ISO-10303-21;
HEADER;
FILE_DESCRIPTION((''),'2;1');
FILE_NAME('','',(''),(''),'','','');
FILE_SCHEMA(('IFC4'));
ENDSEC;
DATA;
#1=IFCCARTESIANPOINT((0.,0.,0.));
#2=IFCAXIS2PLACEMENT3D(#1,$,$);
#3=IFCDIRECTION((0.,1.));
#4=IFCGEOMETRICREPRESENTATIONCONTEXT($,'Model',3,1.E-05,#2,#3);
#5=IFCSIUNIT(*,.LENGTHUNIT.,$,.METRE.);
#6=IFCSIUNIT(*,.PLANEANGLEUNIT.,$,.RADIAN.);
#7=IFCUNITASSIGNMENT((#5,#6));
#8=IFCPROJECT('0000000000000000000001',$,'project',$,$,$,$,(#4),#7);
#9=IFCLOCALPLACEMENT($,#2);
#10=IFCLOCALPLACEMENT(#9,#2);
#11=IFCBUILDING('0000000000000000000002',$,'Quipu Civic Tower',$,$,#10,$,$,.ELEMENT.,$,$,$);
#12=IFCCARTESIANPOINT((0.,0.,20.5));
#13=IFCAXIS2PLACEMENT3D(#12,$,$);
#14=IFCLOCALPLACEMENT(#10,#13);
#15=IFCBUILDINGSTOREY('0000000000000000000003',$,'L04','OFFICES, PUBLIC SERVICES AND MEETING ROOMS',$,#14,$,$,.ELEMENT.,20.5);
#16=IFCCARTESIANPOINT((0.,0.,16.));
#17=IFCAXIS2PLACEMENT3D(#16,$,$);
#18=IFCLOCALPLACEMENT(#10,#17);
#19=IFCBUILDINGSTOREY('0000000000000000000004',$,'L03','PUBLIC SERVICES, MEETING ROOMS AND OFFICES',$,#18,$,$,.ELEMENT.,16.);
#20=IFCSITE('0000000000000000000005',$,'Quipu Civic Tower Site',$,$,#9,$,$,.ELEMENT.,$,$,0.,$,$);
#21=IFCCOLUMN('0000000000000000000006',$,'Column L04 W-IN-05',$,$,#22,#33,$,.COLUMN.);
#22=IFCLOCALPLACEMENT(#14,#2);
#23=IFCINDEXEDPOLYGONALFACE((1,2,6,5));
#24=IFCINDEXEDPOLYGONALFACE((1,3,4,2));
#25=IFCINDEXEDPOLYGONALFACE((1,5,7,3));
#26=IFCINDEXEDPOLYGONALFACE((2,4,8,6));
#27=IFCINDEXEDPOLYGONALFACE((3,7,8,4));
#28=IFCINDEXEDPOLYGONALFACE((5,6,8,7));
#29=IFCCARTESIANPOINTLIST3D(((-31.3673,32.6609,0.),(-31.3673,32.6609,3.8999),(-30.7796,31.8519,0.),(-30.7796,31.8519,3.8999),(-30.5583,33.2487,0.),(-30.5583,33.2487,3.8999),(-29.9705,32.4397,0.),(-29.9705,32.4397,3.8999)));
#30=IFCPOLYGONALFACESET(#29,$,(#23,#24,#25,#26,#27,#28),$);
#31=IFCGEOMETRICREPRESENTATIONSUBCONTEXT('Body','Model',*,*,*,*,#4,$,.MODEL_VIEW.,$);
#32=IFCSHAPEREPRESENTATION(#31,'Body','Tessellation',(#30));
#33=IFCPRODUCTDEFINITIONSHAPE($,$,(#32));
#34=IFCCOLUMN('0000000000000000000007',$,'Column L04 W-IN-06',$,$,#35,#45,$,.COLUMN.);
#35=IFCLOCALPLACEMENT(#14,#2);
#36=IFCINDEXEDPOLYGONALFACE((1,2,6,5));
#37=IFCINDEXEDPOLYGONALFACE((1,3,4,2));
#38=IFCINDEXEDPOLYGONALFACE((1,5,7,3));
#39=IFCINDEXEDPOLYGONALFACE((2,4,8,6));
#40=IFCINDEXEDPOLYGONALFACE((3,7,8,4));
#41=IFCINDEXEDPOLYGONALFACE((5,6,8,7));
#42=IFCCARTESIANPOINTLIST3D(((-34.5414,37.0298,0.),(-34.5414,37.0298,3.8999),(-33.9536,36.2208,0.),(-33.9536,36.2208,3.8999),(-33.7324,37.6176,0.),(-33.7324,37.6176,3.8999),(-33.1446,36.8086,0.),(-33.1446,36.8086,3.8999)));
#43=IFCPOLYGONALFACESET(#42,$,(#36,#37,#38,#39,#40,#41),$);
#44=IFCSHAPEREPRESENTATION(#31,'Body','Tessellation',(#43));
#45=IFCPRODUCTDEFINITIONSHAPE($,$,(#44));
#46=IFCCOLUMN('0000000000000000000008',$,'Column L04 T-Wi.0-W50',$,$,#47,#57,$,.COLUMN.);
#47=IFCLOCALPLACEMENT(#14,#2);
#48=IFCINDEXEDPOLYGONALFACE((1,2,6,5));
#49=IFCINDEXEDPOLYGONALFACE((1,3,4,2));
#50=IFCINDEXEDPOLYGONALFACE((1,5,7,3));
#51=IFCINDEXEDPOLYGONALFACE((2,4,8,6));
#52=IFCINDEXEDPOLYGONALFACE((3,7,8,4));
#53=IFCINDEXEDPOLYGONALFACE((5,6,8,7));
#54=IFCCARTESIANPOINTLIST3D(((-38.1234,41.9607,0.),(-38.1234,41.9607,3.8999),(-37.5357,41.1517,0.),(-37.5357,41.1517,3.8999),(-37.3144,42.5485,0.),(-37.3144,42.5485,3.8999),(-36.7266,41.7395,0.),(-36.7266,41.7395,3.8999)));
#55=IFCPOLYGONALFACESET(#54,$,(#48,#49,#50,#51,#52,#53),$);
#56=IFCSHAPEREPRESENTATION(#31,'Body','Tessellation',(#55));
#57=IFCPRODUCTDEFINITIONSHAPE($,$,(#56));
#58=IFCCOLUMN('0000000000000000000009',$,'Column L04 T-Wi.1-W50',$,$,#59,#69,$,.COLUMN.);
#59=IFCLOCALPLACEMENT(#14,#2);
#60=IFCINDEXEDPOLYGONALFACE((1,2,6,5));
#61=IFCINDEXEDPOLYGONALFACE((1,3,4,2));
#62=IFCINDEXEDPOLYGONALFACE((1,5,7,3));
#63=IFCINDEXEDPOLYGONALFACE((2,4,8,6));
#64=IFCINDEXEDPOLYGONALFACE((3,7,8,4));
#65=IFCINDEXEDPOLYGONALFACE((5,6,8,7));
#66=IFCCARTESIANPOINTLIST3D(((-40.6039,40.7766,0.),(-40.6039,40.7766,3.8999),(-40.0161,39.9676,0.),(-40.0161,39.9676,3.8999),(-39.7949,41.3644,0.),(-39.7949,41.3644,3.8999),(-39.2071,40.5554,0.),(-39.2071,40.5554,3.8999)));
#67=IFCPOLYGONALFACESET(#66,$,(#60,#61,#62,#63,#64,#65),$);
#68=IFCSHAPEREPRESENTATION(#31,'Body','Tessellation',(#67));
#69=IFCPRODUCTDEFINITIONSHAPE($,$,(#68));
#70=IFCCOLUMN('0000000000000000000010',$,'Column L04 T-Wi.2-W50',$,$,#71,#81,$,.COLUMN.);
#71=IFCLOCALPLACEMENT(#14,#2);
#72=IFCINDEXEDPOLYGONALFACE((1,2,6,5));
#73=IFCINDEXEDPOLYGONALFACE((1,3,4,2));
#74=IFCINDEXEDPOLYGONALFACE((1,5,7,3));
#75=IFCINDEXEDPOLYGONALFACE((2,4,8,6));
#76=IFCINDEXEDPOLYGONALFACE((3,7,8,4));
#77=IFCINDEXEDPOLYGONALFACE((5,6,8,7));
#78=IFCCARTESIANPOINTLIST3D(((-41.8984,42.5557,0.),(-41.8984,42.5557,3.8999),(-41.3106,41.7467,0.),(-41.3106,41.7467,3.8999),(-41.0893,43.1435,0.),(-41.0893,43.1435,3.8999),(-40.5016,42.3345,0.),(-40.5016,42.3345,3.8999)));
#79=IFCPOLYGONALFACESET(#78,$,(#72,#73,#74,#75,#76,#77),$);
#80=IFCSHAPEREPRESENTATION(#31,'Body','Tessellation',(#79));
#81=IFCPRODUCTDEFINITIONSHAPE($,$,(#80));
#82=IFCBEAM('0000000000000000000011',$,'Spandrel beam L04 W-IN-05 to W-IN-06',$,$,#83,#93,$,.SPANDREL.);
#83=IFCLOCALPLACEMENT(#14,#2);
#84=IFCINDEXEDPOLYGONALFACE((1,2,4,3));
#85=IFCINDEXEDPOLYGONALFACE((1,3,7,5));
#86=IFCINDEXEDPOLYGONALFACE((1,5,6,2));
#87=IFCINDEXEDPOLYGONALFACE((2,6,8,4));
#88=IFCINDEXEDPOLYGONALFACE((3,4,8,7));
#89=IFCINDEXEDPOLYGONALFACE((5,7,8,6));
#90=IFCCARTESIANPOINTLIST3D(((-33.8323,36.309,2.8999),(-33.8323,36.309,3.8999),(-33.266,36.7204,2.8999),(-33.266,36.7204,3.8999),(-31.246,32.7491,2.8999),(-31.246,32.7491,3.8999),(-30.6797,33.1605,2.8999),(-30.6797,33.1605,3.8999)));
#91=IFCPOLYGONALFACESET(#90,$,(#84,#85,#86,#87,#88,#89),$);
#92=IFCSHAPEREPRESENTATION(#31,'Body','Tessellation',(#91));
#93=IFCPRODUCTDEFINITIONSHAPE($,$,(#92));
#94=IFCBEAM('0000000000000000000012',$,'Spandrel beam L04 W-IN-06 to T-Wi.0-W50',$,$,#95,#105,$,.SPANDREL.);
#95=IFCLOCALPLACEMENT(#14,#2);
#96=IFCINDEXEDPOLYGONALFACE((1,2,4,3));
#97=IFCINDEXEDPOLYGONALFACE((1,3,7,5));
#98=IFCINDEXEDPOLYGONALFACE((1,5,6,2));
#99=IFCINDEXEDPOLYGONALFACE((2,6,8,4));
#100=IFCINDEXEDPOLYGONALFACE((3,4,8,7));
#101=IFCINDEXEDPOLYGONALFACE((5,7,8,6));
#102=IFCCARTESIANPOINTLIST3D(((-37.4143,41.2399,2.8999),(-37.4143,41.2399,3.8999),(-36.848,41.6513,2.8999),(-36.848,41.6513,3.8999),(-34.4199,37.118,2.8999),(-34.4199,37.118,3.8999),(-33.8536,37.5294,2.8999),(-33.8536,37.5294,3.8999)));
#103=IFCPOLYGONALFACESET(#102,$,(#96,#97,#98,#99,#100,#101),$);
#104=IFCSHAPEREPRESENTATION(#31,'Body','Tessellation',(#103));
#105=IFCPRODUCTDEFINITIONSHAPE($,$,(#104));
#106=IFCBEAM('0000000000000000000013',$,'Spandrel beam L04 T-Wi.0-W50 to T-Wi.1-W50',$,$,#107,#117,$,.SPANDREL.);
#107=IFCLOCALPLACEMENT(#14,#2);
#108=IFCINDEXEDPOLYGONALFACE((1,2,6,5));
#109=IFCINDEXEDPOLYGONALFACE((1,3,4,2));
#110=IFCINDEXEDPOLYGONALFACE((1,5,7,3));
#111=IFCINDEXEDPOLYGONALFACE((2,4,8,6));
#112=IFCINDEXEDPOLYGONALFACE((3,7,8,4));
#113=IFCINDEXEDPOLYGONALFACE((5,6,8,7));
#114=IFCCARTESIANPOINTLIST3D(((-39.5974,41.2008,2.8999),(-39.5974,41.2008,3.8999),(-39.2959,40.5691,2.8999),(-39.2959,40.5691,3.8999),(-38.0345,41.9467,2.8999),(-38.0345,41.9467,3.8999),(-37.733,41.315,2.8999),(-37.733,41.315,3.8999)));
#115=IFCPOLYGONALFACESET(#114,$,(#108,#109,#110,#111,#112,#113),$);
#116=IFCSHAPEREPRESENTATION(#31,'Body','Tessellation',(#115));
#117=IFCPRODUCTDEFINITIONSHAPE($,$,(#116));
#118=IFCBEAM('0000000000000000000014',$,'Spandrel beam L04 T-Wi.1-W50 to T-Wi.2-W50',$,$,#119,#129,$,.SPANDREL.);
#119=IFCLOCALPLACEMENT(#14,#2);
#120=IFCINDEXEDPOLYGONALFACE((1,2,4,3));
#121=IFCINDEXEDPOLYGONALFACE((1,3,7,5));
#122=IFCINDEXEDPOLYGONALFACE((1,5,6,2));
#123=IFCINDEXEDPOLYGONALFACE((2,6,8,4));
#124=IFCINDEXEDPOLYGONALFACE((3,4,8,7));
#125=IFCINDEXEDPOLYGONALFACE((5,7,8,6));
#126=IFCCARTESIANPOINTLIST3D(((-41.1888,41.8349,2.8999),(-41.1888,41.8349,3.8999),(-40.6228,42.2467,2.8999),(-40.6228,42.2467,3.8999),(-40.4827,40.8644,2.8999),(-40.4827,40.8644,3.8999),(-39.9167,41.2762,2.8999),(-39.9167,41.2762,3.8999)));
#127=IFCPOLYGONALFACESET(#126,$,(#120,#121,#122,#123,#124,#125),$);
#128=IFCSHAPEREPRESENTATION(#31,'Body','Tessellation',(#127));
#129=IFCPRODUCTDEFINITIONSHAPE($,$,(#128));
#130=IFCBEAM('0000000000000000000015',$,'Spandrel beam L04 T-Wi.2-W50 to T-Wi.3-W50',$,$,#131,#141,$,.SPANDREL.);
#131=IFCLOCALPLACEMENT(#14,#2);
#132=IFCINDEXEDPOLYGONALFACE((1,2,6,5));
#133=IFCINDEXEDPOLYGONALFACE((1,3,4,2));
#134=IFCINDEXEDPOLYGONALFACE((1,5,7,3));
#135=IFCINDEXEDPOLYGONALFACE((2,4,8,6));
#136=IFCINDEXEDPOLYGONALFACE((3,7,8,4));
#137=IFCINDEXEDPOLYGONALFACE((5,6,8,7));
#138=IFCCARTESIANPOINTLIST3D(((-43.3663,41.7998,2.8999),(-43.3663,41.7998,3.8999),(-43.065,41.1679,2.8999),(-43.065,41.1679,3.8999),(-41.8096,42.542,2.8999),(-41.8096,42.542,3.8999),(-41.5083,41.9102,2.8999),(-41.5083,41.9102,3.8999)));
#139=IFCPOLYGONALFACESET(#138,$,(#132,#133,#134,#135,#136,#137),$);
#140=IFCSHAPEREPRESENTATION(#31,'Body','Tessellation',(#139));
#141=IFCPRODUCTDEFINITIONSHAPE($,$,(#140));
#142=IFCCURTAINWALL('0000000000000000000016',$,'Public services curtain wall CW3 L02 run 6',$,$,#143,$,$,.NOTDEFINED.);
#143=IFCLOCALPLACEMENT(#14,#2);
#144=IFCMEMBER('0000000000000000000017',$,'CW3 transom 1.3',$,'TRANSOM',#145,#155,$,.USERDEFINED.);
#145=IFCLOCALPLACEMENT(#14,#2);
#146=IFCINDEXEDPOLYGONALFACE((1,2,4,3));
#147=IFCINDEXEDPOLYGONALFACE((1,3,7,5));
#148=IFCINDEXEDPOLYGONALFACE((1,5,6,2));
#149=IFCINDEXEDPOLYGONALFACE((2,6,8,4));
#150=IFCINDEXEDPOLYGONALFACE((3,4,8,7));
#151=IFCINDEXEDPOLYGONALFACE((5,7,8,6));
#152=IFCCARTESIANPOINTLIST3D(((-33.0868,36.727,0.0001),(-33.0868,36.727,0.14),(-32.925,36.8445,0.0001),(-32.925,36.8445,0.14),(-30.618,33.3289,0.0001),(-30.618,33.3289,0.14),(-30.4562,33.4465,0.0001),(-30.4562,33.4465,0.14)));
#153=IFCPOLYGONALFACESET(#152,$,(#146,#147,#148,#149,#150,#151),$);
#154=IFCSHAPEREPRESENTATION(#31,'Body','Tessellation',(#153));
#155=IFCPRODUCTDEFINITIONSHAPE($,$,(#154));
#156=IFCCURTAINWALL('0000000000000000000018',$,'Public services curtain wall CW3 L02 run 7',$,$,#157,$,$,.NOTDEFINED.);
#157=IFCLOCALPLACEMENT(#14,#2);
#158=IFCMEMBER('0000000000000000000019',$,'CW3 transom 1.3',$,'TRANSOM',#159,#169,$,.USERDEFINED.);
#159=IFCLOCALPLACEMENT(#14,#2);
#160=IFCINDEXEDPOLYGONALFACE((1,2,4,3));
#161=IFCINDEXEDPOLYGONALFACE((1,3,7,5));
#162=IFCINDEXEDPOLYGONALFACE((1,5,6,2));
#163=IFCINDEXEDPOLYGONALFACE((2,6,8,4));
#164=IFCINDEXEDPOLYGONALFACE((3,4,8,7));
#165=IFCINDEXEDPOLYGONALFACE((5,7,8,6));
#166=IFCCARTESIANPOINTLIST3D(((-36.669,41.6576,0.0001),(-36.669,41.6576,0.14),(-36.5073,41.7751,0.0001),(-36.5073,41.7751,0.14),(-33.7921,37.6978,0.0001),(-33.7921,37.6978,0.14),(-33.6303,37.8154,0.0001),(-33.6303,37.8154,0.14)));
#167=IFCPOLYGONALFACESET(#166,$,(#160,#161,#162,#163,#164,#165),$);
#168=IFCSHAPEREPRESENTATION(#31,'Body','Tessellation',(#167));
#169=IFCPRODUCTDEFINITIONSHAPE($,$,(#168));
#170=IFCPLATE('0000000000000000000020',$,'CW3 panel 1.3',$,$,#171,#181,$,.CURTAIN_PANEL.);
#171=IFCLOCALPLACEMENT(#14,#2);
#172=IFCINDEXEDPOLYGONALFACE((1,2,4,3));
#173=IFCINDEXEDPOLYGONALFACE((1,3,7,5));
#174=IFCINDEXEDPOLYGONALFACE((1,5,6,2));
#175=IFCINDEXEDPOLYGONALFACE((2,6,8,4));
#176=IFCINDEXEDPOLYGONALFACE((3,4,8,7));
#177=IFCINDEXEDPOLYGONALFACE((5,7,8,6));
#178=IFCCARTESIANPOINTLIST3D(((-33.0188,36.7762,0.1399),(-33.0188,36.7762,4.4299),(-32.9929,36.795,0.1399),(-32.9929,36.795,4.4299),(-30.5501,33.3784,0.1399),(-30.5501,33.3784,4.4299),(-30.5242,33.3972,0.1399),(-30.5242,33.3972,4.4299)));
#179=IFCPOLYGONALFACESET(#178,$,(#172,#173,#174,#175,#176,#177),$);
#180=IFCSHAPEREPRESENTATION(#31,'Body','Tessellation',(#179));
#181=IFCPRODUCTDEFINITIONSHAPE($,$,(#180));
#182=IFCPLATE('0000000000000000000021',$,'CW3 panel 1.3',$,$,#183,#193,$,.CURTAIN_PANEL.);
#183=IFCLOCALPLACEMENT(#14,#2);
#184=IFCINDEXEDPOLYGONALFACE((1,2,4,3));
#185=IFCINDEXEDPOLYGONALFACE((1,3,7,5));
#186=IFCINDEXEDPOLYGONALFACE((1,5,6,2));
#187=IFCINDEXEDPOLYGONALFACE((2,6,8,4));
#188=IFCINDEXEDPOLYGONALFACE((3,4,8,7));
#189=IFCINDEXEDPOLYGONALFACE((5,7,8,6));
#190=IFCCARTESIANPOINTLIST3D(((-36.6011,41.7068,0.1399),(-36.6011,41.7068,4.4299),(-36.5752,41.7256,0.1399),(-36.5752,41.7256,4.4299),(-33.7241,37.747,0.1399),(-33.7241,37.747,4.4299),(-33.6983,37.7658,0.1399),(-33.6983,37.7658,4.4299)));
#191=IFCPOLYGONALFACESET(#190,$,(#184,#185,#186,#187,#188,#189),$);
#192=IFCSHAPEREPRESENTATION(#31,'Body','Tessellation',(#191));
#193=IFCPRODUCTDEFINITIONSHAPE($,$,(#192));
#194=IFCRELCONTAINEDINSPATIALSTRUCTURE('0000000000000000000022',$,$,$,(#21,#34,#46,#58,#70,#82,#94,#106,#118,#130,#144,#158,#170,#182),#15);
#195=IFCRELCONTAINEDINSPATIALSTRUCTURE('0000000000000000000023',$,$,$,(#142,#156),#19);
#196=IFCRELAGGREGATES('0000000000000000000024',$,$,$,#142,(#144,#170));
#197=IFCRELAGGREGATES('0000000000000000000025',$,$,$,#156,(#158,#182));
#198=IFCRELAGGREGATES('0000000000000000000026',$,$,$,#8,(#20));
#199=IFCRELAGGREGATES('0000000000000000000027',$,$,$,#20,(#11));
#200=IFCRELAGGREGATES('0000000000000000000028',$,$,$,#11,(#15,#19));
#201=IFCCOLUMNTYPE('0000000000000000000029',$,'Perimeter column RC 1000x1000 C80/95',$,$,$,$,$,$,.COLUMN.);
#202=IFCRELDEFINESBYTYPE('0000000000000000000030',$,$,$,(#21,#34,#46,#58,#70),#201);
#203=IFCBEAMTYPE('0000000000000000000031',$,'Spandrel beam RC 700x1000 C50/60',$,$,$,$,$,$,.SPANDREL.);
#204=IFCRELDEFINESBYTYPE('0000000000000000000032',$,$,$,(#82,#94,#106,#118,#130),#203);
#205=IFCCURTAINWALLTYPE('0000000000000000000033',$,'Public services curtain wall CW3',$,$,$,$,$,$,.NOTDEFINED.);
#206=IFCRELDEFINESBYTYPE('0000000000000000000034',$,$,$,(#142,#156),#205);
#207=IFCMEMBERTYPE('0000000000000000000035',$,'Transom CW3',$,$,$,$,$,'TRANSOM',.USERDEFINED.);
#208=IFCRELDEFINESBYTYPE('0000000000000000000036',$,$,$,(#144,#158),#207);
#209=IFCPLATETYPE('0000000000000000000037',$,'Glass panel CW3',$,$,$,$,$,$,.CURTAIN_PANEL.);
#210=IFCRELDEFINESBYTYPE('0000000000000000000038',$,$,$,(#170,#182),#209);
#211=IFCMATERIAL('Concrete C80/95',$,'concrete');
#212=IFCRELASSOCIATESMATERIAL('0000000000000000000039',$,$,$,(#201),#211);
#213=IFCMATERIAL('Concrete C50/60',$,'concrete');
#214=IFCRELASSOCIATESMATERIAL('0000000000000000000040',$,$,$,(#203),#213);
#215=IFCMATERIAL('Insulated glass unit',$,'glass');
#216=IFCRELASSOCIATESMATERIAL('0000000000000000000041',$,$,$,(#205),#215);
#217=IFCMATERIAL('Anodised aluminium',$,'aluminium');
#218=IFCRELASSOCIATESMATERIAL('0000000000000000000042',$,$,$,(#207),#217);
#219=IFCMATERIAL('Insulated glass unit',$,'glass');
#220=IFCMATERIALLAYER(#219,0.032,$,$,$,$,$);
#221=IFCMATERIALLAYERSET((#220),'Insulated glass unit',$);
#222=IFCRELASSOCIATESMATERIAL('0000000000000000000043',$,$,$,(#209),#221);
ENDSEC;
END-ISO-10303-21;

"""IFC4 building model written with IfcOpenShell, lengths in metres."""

from ifc_helpers import new_model, si_unit, direction, frame, origin, origin_2d, place, context, subcontext, project, spatial, rectangle, extrude, material, layer, layer_set, material_profile, profile_set, type_object, element, aggregate, save


model = new_model("IFC4")

# Units and contexts
model_context = context("Model", 3, precision=1e-05, world=origin(), true_north=direction((0.0, 1.0)))
body_context = subcontext(model_context, "Body", "Model", "MODEL_VIEW")
ifc_project = project(units=[si_unit("LENGTHUNIT", "METRE"), si_unit("PLANEANGLEUNIT", "RADIAN")], contexts=[model_context])

# Site, building, storey
site_placement = place(None, origin())
site = spatial("IfcSite", under=ifc_project, at=site_placement, Name="Quipu Civic Tower Site", CompositionType="ELEMENT", RefElevation=0.0)
building_placement = place(site_placement, origin())
building = spatial("IfcBuilding", under=site, at=building_placement, Name="Quipu Civic Tower", CompositionType="ELEMENT")
storey_1_placement = place(building_placement, frame((0.0, 0.0, 20.5)))
storey_1 = spatial("IfcBuildingStorey", under=building, at=storey_1_placement, Name="L04", Description="OFFICES, PUBLIC SERVICES AND MEETING ROOMS", CompositionType="ELEMENT", Elevation=20.5)

# Columns
ifc_material_1 = material(Name="Concrete C80/95", Category="concrete")
ifc_material_profile_1 = material_profile(ifc_material_1, rectangle(XDim=1.0, YDim=1.0, at=origin_2d()), Name="RC1000x1000")
ifc_profile_set_1 = profile_set([ifc_material_profile_1], Name="Concrete C80/95")
column_type = type_object("IfcColumnType", Name="Perimeter column RC 1000x1000 C80/95", PredefinedType="COLUMN", material=ifc_profile_set_1)
for number, where, z_axis, x_axis, name in (
    (1, (-30.6689, 32.5503, 0.0), (0.0, 0.0, 1.0), (-0.587785, 0.809017, 0.0), "Column L04 W-IN-05"),
    (2, (-33.843, 36.9192, 0.0), (0.0, 0.0, 1.0), (-0.587785, 0.809017, 0.0), "Column L04 W-IN-06"),
    (3, (-37.425, 41.8501, 0.0), (0.0, 0.0, 1.0), (-0.587785, 0.809017, 0.0), "Column L04 T-Wi.0-W50"),
    (4, (-39.9055, 40.666, 0.0), (0.0, 0.0, 1.0), (-0.587785, 0.809017, 0.0), "Column L04 T-Wi.1-W50"),
    (5, (-41.2, 42.4451, 0.0), (0.0, 0.0, 1.0), (-0.587785, 0.809017, 0.0), "Column L04 T-Wi.2-W50"),
):
    element("IfcColumn", number, at=place(storey_1_placement, frame(where, z_axis=z_axis, x_axis=x_axis)), inside=storey_1, type_object=column_type, Name=name, PredefinedType="COLUMN", context=body_context, shape_type="SweptSolid", body=[
        extrude(rectangle(XDim=1.0, YDim=1.0, at=origin_2d()), origin(), (0.0, 0.0, 1.0), 3.8999),
    ])

# Beams
ifc_material_2 = material(Name="Concrete C50/60", Category="concrete")
ifc_material_profile_2 = material_profile(ifc_material_2, rectangle(XDim=0.7, YDim=1.0, at=origin_2d()), Name="RC700x1000")
ifc_profile_set_2 = profile_set([ifc_material_profile_2], Name="Concrete C50/60")
beam_type = type_object("IfcBeamType", Name="Spandrel beam RC 700x1000 C50/60", PredefinedType="SPANDREL", material=ifc_profile_set_2)
beam_1_placement = place(storey_1_placement, frame((-30.9629, 32.9548, 3.3999), z_axis=(-0.587759, 0.809036, 0.0), x_axis=(-0.809036, -0.587759, 0.0)))
element("IfcBeam", 6, at=beam_1_placement, inside=storey_1, type_object=beam_type, Name="Spandrel beam L04 W-IN-05 to W-IN-06", PredefinedType="SPANDREL", context=body_context, shape_type="SweptSolid", body=[
    extrude(rectangle(XDim=0.7, YDim=1.0, at=origin_2d()), origin(), (0.0, 0.0, 1.0), 4.4001),
])
beam_2_placement = place(storey_1_placement, frame((-34.1367, 37.3237, 3.3999), z_axis=(-0.587747, 0.809045, 0.0), x_axis=(-0.809045, -0.587747, 0.0)))
element("IfcBeam", 7, at=beam_2_placement, inside=storey_1, type_object=beam_type, Name="Spandrel beam L04 W-IN-06 to T-Wi.0-W50", PredefinedType="SPANDREL", context=body_context, shape_type="SweptSolid", body=[
    extrude(rectangle(XDim=0.7, YDim=1.0, at=origin_2d()), origin(), (0.0, 0.0, 1.0), 5.0947),
])
beam_3_placement = place(storey_1_placement, frame((-37.8838, 41.6309, 3.3999), z_axis=(-0.902482, -0.430727, 0.0), x_axis=(0.430727, -0.902482, 0.0)))
element("IfcBeam", 8, at=beam_3_placement, inside=storey_1, type_object=beam_type, Name="Spandrel beam L04 T-Wi.0-W50 to T-Wi.1-W50", PredefinedType="SPANDREL", context=body_context, shape_type="SweptSolid", body=[
    extrude(rectangle(XDim=0.7, YDim=1.0, at=origin_2d()), origin(), (0.0, 0.0, 1.0), 1.7317),
])
beam_4_placement = place(storey_1_placement, frame((-40.1997, 41.0703, 3.3999), z_axis=(-0.588317, 0.808631, 0.0), x_axis=(-0.808631, -0.588317, 0.0)))
element("IfcBeam", 9, at=beam_4_placement, inside=storey_1, type_object=beam_type, Name="Spandrel beam L04 T-Wi.1-W50 to T-Wi.2-W50", PredefinedType="SPANDREL", context=body_context, shape_type="SweptSolid", body=[
    extrude(rectangle(XDim=0.7, YDim=1.0, at=origin_2d()), origin(), (0.0, 0.0, 1.0), 1.2002),
])
beam_5_placement = place(storey_1_placement, frame((-41.6589, 42.2261, 3.3999), z_axis=(-0.902651, -0.430373, 0.0), x_axis=(0.430373, -0.902651, 0.0)))
element("IfcBeam", 10, at=beam_5_placement, inside=storey_1, type_object=beam_type, Name="Spandrel beam L04 T-Wi.2-W50 to T-Wi.3-W50", PredefinedType="SPANDREL", context=body_context, shape_type="SweptSolid", body=[
    extrude(rectangle(XDim=0.7, YDim=1.0, at=origin_2d()), origin(), (0.0, 0.0, 1.0), 1.7246),
])

# Shared definitions
storey_2_placement = place(building_placement, frame((0.0, 0.0, 16.0)))
storey_2 = spatial("IfcBuildingStorey", under=building, at=storey_2_placement, Name="L03", Description="PUBLIC SERVICES, MEETING ROOMS AND OFFICES", CompositionType="ELEMENT", Elevation=16.0)

# Curtain walls, members
ifc_material_3 = material(Name="Insulated glass unit", Category="glass")
curtain_wall_type = type_object("IfcCurtainWallType", Name="Public services curtain wall CW3", PredefinedType="NOTDEFINED", material=ifc_material_3)
curtain_wall_1_placement = place(storey_2_placement, origin())
curtain_wall_1 = element("IfcCurtainWall", 11, at=curtain_wall_1_placement, inside=storey_2, type_object=curtain_wall_type, Name="Public services curtain wall CW3 L02 run 6", PredefinedType="NOTDEFINED")
ifc_material_4 = material(Name="Anodised aluminium", Category="aluminium")
ifc_material_profile_3 = material_profile(ifc_material_4, rectangle(XDim=0.2, YDim=0.1399, at=origin_2d()), Name="RECT 200x140")
ifc_profile_set_3 = profile_set([ifc_material_profile_3], Name="Anodised aluminium")
member_type = type_object("IfcMemberType", Name="Transom CW3", ElementType="TRANSOM", PredefinedType="USERDEFINED", material=ifc_profile_set_3)
member_1_placement = place(storey_1_placement, frame((-30.5371, 33.3877, 0.0701), z_axis=(-0.587785, 0.809018, 0.0), x_axis=(-0.809018, -0.587785, 0.0)))
member_1 = element("IfcMember", 12, at=member_1_placement, inside=storey_1, type_object=member_type, Name="CW3 transom 1.3", ObjectType="TRANSOM", PredefinedType="USERDEFINED", context=body_context, shape_type="SweptSolid", body=[
    extrude(rectangle(XDim=0.2, YDim=0.1399, at=origin_2d()), origin(), (0.0, 0.0, 1.0), 4.2002),
])
curtain_wall_2_placement = place(storey_2_placement, origin())
curtain_wall_2 = element("IfcCurtainWall", 13, at=curtain_wall_2_placement, inside=storey_2, type_object=curtain_wall_type, Name="Public services curtain wall CW3 L02 run 7", PredefinedType="NOTDEFINED")
member_2_placement = place(storey_1_placement, frame((-33.7112, 37.7566, 0.0701), z_axis=(-0.587792, 0.809012, 0.0), x_axis=(-0.809012, -0.587792, 0.0)))
member_2 = element("IfcMember", 14, at=member_2_placement, inside=storey_1, type_object=member_type, Name="CW3 transom 1.3", ObjectType="TRANSOM", PredefinedType="USERDEFINED", context=body_context, shape_type="SweptSolid", body=[
    extrude(rectangle(XDim=0.2, YDim=0.1399, at=origin_2d()), origin(), (0.0, 0.0, 1.0), 4.8945),
])

# Plates
ifc_material_5 = material(Name="Insulated glass unit", Category="glass")
ifc_layer_1 = layer(ifc_material_5, 0.032)
ifc_layer_set_1 = layer_set([ifc_layer_1], Name="Insulated glass unit")
plate_type_1 = type_object("IfcPlateType", Name="Glass panel CW3", PredefinedType="CURTAIN_PANEL", material=ifc_layer_set_1)
plate_1_placement = place(storey_1_placement, frame((-31.7715, 35.0867, 0.1399), z_axis=(0.0, 0.0, 1.0), x_axis=(-0.587789, 0.809014, 0.0)))
plate_1 = element("IfcPlate", 15, at=plate_1_placement, inside=storey_1, type_object=plate_type_1, Name="CW3 panel 1.3", PredefinedType="CURTAIN_PANEL", context=body_context, shape_type="SweptSolid", body=[
    extrude(rectangle(XDim=4.2, YDim=0.032, at=origin_2d()), origin(), (0.0, 0.0, 1.0), 4.29),
])
aggregate(curtain_wall_1, [member_1, plate_1])
plate_2_placement = place(storey_1_placement, frame((-35.1497, 39.7363, 0.1399), z_axis=(0.0, 0.0, 1.0), x_axis=(-0.587783, 0.809019, 0.0)))
plate_2 = element("IfcPlate", 16, at=plate_2_placement, inside=storey_1, type_object=plate_type_1, Name="CW3 panel 1.3", PredefinedType="CURTAIN_PANEL", context=body_context, shape_type="SweptSolid", body=[
    extrude(rectangle(XDim=4.8945, YDim=0.032, at=origin_2d()), origin(), (0.0, 0.0, 1.0), 4.29),
])
aggregate(curtain_wall_2, [member_2, plate_2])

save(model, "model.ifc")
